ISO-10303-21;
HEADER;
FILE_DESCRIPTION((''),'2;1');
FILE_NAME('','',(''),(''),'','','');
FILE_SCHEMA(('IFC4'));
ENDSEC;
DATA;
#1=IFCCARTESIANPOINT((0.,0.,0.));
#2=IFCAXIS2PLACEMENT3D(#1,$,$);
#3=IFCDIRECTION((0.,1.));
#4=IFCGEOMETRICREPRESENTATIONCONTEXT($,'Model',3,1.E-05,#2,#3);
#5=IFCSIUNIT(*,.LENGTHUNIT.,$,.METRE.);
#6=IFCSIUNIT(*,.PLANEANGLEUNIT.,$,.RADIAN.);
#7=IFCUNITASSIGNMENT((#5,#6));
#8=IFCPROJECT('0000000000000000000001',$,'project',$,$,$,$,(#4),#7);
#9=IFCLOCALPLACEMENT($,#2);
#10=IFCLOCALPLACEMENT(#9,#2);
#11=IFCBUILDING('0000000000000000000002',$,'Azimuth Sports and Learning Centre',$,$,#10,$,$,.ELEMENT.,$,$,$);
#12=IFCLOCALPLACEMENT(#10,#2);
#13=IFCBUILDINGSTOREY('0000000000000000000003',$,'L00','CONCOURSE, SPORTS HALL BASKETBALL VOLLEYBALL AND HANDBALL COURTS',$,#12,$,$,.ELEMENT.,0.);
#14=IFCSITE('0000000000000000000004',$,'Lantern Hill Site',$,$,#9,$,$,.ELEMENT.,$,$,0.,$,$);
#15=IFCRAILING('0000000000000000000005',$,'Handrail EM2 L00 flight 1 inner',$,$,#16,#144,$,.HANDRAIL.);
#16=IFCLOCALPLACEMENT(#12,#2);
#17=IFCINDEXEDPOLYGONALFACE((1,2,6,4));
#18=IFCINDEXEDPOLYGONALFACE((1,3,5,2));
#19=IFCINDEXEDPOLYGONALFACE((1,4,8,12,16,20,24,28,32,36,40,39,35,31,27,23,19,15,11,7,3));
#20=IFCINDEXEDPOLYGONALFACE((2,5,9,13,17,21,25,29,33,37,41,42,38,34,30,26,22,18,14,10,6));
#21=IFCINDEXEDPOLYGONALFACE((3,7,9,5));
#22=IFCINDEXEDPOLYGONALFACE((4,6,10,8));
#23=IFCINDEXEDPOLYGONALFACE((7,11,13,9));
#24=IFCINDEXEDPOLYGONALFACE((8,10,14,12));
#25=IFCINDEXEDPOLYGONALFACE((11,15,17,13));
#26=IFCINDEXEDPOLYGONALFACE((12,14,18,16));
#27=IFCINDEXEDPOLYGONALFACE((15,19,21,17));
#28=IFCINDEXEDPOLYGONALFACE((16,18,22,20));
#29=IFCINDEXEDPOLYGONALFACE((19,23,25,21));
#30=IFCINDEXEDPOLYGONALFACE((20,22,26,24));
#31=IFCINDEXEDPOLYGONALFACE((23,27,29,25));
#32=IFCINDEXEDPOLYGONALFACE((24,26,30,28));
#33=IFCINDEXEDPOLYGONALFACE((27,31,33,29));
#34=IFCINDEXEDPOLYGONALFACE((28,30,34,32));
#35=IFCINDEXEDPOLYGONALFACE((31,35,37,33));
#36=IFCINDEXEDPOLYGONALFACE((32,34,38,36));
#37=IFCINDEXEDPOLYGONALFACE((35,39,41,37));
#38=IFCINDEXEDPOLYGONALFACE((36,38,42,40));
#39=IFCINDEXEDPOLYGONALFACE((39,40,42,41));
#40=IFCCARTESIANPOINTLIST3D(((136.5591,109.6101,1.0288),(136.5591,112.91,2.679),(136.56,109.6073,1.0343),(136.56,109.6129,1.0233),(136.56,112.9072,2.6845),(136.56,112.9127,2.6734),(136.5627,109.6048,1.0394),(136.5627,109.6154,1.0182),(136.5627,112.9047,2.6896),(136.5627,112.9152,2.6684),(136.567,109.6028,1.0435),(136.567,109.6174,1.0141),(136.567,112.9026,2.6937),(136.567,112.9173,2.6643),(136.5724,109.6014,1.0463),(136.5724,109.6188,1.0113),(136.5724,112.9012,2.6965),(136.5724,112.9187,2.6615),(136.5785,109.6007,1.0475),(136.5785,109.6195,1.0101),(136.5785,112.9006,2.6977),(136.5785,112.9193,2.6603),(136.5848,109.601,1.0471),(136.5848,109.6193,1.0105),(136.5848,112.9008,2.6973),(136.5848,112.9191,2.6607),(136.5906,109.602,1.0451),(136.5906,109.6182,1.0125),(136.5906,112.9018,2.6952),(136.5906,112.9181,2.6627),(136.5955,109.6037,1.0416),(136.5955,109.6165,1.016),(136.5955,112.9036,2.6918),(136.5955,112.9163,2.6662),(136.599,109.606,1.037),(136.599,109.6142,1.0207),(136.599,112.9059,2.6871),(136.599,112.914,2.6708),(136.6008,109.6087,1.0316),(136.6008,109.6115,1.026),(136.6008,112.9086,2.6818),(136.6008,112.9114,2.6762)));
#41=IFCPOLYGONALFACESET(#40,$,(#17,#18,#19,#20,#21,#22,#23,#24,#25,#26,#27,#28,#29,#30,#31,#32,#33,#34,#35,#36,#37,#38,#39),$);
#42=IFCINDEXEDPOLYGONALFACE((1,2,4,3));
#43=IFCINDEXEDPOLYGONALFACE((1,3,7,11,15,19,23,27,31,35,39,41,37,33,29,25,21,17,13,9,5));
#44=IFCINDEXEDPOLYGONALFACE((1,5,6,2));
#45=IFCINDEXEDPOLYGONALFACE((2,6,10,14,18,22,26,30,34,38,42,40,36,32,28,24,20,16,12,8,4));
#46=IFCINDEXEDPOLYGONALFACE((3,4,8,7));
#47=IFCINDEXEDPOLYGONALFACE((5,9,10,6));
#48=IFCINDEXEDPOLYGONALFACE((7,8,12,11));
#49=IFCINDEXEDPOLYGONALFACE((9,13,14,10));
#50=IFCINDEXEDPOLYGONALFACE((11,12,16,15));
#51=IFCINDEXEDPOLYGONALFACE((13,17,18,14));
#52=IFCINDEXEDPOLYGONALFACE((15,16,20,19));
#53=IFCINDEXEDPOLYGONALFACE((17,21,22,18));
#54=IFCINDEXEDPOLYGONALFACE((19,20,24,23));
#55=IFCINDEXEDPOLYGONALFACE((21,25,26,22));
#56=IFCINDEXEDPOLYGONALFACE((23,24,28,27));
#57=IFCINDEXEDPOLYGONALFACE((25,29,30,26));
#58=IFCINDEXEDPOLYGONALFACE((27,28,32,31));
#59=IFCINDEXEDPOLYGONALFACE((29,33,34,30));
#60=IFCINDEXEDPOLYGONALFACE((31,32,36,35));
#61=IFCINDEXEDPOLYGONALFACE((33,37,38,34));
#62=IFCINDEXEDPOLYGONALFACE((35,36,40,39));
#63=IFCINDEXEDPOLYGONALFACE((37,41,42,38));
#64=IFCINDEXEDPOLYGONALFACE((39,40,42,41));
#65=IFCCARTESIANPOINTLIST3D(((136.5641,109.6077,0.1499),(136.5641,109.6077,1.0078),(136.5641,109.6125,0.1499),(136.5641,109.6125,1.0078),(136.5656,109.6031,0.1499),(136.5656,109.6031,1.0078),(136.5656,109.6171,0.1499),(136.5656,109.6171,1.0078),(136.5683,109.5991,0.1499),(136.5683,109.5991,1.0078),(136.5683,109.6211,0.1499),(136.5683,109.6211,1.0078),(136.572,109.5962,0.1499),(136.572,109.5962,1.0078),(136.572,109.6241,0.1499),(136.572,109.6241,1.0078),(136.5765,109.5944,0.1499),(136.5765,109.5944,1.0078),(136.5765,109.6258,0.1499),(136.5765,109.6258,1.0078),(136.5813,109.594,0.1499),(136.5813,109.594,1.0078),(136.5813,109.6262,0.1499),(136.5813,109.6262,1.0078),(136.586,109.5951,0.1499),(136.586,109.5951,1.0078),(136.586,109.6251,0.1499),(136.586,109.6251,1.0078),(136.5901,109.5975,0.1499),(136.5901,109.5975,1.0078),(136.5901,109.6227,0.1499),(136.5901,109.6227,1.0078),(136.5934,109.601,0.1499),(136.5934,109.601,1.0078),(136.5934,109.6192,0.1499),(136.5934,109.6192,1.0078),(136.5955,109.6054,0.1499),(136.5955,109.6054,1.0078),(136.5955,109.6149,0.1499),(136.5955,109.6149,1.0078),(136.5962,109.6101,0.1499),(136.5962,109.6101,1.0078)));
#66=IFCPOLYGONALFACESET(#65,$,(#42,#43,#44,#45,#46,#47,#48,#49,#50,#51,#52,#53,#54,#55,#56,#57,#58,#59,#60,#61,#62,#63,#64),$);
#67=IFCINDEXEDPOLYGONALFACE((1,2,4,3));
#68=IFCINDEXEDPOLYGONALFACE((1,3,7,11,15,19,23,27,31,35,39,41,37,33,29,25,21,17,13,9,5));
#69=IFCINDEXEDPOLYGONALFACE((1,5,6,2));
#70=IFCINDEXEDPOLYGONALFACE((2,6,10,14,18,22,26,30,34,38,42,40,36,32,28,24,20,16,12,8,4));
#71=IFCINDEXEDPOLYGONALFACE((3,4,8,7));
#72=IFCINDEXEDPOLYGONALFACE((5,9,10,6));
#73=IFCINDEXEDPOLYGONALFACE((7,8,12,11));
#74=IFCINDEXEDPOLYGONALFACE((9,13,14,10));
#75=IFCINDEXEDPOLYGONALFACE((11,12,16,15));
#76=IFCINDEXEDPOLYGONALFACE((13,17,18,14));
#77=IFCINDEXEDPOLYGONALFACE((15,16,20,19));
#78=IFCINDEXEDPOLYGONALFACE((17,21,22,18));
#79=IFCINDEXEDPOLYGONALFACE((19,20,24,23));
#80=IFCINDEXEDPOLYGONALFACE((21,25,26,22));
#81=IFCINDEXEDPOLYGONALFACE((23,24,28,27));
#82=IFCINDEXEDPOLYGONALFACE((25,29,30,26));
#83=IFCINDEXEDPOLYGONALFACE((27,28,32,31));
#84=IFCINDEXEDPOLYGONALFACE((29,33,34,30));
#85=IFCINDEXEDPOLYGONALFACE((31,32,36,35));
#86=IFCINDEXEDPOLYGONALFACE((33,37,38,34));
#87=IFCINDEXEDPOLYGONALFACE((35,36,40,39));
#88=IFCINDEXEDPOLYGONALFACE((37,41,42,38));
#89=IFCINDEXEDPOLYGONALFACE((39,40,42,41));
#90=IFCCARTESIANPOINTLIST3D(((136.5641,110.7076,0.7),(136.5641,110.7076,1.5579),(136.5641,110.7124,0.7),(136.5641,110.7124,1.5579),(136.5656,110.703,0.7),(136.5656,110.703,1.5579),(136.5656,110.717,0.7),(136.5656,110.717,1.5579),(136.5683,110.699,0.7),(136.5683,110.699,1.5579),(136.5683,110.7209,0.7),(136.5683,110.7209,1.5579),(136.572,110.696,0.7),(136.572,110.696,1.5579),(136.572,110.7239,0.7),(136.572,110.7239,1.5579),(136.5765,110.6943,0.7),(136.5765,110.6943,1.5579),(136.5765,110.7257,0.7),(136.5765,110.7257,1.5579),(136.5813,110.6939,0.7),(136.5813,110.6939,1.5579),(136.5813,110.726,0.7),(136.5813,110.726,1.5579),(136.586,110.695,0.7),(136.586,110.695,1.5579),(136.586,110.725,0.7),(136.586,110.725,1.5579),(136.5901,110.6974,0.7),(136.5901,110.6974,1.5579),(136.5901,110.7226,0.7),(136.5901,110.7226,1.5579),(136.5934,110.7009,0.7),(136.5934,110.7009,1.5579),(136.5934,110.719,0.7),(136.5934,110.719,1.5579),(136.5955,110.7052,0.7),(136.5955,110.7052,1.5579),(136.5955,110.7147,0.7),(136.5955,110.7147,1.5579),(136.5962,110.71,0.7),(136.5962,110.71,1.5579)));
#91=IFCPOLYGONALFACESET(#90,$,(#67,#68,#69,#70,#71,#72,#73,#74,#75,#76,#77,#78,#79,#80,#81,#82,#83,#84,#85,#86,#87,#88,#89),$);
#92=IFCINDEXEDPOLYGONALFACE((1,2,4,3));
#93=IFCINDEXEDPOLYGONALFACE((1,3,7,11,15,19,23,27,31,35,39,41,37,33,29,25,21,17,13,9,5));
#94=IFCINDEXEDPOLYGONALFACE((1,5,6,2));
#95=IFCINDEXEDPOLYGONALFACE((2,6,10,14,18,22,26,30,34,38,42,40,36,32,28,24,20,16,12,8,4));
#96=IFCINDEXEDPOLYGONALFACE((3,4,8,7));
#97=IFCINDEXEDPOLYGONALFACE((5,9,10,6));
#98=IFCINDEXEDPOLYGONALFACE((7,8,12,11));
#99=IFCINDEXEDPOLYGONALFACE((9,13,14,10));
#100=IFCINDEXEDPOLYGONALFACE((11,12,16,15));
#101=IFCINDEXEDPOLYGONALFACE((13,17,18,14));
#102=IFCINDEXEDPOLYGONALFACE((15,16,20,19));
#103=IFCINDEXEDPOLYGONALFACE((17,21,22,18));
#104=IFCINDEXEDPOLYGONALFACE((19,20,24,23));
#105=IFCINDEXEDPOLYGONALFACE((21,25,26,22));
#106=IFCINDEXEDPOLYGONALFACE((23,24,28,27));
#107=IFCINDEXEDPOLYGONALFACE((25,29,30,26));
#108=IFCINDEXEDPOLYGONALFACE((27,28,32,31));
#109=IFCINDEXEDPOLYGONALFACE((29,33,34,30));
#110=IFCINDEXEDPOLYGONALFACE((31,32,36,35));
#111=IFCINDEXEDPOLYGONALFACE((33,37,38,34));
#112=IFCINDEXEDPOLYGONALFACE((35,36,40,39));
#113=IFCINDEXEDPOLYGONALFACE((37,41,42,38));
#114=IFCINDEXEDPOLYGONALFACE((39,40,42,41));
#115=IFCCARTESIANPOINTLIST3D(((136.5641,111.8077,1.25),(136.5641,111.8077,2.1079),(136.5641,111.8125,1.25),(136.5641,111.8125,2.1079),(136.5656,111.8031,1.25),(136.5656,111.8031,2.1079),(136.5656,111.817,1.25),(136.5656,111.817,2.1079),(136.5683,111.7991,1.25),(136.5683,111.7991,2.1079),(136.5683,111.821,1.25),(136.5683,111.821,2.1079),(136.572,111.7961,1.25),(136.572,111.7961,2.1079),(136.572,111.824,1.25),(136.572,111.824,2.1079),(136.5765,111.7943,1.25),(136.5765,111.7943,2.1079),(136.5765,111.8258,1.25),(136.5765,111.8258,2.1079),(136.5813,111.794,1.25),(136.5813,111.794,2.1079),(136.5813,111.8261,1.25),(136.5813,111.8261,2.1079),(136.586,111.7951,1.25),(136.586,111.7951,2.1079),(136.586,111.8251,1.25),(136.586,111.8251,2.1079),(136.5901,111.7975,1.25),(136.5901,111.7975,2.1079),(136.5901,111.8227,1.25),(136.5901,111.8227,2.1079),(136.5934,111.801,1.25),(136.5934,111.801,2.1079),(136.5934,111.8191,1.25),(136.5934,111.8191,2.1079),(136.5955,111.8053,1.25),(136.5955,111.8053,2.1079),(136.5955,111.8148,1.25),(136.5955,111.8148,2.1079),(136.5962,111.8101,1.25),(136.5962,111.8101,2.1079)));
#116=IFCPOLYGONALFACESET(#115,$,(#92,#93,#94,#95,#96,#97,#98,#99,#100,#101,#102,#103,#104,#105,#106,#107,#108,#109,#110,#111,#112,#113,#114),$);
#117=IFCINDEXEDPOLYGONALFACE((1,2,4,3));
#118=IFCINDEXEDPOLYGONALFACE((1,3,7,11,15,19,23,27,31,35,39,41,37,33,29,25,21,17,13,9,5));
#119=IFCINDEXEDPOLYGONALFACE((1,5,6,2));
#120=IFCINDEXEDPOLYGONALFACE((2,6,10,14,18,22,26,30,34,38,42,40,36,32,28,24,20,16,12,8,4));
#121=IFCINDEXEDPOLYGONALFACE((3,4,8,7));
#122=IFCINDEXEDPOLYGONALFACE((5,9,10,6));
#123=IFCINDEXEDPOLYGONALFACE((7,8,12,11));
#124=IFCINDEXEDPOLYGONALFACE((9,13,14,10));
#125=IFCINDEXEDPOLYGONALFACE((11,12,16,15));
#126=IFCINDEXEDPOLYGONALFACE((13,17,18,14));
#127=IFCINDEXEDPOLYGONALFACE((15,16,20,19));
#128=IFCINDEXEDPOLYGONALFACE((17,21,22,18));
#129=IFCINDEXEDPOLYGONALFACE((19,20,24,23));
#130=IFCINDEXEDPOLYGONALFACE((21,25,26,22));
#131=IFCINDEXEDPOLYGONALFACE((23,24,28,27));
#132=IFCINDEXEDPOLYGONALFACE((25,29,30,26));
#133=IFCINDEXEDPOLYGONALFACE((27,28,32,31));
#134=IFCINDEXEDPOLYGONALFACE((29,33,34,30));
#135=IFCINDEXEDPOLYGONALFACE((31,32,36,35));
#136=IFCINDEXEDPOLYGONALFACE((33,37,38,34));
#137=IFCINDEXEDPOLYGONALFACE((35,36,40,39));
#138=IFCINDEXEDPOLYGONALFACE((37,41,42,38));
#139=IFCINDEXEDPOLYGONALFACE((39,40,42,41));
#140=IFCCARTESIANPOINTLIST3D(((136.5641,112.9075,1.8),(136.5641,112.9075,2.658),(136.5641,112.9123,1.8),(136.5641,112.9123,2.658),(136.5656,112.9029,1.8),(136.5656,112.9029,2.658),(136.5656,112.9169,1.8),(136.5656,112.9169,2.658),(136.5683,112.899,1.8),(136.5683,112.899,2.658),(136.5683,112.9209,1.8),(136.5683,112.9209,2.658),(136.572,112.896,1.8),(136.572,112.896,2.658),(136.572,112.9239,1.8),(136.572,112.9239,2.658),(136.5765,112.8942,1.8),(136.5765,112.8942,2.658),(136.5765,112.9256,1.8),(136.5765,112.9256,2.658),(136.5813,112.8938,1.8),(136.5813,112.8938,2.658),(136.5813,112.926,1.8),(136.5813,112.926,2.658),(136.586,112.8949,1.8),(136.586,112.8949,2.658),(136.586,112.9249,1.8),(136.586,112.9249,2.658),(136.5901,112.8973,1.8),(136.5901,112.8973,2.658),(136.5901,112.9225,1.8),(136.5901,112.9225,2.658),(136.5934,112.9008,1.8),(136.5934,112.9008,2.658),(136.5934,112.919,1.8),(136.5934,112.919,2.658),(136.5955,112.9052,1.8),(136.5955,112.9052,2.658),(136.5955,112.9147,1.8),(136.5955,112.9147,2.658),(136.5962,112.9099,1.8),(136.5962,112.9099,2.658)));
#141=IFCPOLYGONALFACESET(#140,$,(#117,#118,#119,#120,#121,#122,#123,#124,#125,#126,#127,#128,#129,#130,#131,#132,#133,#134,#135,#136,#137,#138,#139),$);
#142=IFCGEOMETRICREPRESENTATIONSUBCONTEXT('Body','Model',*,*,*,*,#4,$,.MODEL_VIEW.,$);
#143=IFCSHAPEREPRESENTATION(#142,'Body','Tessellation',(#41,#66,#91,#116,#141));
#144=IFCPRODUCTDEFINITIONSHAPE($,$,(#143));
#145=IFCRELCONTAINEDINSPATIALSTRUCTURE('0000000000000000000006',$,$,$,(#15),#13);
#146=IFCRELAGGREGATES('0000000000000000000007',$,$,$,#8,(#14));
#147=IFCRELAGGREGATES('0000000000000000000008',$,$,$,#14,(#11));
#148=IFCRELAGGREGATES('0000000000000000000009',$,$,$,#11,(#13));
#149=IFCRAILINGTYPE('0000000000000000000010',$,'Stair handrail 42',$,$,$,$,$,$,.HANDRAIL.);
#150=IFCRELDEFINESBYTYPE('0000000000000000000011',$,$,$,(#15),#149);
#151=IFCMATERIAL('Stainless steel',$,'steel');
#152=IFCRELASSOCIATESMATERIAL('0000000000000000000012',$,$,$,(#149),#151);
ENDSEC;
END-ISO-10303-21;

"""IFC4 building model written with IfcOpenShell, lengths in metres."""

from ifc_helpers import new_model, si_unit, direction, frame, origin, origin_2d, place, context, subcontext, project, spatial, circle, extrude, material, type_object, element, save


model = new_model("IFC4")

# Units and contexts
model_context = context("Model", 3, precision=1e-05, world=origin(), true_north=direction((0.0, 1.0)))
body_context = subcontext(model_context, "Body", "Model", "MODEL_VIEW")
ifc_project = project(units=[si_unit("LENGTHUNIT", "METRE"), si_unit("PLANEANGLEUNIT", "RADIAN")], contexts=[model_context])

# Site, building, storey
site_placement = place(None, origin())
site = spatial("IfcSite", under=ifc_project, at=site_placement, Name="Lantern Hill Site", CompositionType="ELEMENT", RefElevation=0.0)
building_placement = place(site_placement, origin())
building = spatial("IfcBuilding", under=site, at=building_placement, Name="Azimuth Sports and Learning Centre", CompositionType="ELEMENT")
storey_placement = place(building_placement, origin())
storey = spatial("IfcBuildingStorey", under=building, at=storey_placement, Name="L00", Description="CONCOURSE, SPORTS HALL BASKETBALL VOLLEYBALL AND HANDBALL COURTS", CompositionType="ELEMENT", Elevation=0.0)

# Railing
ifc_material_1 = material(Name="Stainless steel", Category="steel")
railing_type_1 = type_object("IfcRailingType", Name="Stair handrail 42", PredefinedType="HANDRAIL", material=ifc_material_1)
railing_1_placement = place(storey_placement, frame((136.5801, 109.6101, 0.1499)))
element("IfcRailing", 1, at=railing_1_placement, inside=storey, type_object=railing_type_1, Name="Handrail EM2 L00 flight 1 inner", PredefinedType="HANDRAIL", context=body_context, shape_type="SweptSolid", body=[
    extrude(circle(Radius=0.021, at=origin_2d()), frame((0.0, 0.0, 0.8789), z_axis=(0.0, 0.894401, 0.447267), x_axis=(-1.0, 0.0, 0.0)), (0.0, 0.0, 1.0), 3.6895),
    extrude(circle(Radius=0.0161, at=origin_2d()), origin(), (0.0, 0.0, 1.0), 0.8579),
    extrude(circle(Radius=0.0161, at=origin_2d()), frame((0.0, 1.0999, 0.55)), (0.0, 0.0, 1.0), 0.8579),
    extrude(circle(Radius=0.0161, at=origin_2d()), frame((0.0, 2.2, 1.1001)), (0.0, 0.0, 1.0), 0.8579),
    extrude(circle(Radius=0.0161, at=origin_2d()), frame((0.0, 3.2998, 1.6501)), (0.0, 0.0, 1.0), 0.8579),
])

save(model, "model.ifc")
